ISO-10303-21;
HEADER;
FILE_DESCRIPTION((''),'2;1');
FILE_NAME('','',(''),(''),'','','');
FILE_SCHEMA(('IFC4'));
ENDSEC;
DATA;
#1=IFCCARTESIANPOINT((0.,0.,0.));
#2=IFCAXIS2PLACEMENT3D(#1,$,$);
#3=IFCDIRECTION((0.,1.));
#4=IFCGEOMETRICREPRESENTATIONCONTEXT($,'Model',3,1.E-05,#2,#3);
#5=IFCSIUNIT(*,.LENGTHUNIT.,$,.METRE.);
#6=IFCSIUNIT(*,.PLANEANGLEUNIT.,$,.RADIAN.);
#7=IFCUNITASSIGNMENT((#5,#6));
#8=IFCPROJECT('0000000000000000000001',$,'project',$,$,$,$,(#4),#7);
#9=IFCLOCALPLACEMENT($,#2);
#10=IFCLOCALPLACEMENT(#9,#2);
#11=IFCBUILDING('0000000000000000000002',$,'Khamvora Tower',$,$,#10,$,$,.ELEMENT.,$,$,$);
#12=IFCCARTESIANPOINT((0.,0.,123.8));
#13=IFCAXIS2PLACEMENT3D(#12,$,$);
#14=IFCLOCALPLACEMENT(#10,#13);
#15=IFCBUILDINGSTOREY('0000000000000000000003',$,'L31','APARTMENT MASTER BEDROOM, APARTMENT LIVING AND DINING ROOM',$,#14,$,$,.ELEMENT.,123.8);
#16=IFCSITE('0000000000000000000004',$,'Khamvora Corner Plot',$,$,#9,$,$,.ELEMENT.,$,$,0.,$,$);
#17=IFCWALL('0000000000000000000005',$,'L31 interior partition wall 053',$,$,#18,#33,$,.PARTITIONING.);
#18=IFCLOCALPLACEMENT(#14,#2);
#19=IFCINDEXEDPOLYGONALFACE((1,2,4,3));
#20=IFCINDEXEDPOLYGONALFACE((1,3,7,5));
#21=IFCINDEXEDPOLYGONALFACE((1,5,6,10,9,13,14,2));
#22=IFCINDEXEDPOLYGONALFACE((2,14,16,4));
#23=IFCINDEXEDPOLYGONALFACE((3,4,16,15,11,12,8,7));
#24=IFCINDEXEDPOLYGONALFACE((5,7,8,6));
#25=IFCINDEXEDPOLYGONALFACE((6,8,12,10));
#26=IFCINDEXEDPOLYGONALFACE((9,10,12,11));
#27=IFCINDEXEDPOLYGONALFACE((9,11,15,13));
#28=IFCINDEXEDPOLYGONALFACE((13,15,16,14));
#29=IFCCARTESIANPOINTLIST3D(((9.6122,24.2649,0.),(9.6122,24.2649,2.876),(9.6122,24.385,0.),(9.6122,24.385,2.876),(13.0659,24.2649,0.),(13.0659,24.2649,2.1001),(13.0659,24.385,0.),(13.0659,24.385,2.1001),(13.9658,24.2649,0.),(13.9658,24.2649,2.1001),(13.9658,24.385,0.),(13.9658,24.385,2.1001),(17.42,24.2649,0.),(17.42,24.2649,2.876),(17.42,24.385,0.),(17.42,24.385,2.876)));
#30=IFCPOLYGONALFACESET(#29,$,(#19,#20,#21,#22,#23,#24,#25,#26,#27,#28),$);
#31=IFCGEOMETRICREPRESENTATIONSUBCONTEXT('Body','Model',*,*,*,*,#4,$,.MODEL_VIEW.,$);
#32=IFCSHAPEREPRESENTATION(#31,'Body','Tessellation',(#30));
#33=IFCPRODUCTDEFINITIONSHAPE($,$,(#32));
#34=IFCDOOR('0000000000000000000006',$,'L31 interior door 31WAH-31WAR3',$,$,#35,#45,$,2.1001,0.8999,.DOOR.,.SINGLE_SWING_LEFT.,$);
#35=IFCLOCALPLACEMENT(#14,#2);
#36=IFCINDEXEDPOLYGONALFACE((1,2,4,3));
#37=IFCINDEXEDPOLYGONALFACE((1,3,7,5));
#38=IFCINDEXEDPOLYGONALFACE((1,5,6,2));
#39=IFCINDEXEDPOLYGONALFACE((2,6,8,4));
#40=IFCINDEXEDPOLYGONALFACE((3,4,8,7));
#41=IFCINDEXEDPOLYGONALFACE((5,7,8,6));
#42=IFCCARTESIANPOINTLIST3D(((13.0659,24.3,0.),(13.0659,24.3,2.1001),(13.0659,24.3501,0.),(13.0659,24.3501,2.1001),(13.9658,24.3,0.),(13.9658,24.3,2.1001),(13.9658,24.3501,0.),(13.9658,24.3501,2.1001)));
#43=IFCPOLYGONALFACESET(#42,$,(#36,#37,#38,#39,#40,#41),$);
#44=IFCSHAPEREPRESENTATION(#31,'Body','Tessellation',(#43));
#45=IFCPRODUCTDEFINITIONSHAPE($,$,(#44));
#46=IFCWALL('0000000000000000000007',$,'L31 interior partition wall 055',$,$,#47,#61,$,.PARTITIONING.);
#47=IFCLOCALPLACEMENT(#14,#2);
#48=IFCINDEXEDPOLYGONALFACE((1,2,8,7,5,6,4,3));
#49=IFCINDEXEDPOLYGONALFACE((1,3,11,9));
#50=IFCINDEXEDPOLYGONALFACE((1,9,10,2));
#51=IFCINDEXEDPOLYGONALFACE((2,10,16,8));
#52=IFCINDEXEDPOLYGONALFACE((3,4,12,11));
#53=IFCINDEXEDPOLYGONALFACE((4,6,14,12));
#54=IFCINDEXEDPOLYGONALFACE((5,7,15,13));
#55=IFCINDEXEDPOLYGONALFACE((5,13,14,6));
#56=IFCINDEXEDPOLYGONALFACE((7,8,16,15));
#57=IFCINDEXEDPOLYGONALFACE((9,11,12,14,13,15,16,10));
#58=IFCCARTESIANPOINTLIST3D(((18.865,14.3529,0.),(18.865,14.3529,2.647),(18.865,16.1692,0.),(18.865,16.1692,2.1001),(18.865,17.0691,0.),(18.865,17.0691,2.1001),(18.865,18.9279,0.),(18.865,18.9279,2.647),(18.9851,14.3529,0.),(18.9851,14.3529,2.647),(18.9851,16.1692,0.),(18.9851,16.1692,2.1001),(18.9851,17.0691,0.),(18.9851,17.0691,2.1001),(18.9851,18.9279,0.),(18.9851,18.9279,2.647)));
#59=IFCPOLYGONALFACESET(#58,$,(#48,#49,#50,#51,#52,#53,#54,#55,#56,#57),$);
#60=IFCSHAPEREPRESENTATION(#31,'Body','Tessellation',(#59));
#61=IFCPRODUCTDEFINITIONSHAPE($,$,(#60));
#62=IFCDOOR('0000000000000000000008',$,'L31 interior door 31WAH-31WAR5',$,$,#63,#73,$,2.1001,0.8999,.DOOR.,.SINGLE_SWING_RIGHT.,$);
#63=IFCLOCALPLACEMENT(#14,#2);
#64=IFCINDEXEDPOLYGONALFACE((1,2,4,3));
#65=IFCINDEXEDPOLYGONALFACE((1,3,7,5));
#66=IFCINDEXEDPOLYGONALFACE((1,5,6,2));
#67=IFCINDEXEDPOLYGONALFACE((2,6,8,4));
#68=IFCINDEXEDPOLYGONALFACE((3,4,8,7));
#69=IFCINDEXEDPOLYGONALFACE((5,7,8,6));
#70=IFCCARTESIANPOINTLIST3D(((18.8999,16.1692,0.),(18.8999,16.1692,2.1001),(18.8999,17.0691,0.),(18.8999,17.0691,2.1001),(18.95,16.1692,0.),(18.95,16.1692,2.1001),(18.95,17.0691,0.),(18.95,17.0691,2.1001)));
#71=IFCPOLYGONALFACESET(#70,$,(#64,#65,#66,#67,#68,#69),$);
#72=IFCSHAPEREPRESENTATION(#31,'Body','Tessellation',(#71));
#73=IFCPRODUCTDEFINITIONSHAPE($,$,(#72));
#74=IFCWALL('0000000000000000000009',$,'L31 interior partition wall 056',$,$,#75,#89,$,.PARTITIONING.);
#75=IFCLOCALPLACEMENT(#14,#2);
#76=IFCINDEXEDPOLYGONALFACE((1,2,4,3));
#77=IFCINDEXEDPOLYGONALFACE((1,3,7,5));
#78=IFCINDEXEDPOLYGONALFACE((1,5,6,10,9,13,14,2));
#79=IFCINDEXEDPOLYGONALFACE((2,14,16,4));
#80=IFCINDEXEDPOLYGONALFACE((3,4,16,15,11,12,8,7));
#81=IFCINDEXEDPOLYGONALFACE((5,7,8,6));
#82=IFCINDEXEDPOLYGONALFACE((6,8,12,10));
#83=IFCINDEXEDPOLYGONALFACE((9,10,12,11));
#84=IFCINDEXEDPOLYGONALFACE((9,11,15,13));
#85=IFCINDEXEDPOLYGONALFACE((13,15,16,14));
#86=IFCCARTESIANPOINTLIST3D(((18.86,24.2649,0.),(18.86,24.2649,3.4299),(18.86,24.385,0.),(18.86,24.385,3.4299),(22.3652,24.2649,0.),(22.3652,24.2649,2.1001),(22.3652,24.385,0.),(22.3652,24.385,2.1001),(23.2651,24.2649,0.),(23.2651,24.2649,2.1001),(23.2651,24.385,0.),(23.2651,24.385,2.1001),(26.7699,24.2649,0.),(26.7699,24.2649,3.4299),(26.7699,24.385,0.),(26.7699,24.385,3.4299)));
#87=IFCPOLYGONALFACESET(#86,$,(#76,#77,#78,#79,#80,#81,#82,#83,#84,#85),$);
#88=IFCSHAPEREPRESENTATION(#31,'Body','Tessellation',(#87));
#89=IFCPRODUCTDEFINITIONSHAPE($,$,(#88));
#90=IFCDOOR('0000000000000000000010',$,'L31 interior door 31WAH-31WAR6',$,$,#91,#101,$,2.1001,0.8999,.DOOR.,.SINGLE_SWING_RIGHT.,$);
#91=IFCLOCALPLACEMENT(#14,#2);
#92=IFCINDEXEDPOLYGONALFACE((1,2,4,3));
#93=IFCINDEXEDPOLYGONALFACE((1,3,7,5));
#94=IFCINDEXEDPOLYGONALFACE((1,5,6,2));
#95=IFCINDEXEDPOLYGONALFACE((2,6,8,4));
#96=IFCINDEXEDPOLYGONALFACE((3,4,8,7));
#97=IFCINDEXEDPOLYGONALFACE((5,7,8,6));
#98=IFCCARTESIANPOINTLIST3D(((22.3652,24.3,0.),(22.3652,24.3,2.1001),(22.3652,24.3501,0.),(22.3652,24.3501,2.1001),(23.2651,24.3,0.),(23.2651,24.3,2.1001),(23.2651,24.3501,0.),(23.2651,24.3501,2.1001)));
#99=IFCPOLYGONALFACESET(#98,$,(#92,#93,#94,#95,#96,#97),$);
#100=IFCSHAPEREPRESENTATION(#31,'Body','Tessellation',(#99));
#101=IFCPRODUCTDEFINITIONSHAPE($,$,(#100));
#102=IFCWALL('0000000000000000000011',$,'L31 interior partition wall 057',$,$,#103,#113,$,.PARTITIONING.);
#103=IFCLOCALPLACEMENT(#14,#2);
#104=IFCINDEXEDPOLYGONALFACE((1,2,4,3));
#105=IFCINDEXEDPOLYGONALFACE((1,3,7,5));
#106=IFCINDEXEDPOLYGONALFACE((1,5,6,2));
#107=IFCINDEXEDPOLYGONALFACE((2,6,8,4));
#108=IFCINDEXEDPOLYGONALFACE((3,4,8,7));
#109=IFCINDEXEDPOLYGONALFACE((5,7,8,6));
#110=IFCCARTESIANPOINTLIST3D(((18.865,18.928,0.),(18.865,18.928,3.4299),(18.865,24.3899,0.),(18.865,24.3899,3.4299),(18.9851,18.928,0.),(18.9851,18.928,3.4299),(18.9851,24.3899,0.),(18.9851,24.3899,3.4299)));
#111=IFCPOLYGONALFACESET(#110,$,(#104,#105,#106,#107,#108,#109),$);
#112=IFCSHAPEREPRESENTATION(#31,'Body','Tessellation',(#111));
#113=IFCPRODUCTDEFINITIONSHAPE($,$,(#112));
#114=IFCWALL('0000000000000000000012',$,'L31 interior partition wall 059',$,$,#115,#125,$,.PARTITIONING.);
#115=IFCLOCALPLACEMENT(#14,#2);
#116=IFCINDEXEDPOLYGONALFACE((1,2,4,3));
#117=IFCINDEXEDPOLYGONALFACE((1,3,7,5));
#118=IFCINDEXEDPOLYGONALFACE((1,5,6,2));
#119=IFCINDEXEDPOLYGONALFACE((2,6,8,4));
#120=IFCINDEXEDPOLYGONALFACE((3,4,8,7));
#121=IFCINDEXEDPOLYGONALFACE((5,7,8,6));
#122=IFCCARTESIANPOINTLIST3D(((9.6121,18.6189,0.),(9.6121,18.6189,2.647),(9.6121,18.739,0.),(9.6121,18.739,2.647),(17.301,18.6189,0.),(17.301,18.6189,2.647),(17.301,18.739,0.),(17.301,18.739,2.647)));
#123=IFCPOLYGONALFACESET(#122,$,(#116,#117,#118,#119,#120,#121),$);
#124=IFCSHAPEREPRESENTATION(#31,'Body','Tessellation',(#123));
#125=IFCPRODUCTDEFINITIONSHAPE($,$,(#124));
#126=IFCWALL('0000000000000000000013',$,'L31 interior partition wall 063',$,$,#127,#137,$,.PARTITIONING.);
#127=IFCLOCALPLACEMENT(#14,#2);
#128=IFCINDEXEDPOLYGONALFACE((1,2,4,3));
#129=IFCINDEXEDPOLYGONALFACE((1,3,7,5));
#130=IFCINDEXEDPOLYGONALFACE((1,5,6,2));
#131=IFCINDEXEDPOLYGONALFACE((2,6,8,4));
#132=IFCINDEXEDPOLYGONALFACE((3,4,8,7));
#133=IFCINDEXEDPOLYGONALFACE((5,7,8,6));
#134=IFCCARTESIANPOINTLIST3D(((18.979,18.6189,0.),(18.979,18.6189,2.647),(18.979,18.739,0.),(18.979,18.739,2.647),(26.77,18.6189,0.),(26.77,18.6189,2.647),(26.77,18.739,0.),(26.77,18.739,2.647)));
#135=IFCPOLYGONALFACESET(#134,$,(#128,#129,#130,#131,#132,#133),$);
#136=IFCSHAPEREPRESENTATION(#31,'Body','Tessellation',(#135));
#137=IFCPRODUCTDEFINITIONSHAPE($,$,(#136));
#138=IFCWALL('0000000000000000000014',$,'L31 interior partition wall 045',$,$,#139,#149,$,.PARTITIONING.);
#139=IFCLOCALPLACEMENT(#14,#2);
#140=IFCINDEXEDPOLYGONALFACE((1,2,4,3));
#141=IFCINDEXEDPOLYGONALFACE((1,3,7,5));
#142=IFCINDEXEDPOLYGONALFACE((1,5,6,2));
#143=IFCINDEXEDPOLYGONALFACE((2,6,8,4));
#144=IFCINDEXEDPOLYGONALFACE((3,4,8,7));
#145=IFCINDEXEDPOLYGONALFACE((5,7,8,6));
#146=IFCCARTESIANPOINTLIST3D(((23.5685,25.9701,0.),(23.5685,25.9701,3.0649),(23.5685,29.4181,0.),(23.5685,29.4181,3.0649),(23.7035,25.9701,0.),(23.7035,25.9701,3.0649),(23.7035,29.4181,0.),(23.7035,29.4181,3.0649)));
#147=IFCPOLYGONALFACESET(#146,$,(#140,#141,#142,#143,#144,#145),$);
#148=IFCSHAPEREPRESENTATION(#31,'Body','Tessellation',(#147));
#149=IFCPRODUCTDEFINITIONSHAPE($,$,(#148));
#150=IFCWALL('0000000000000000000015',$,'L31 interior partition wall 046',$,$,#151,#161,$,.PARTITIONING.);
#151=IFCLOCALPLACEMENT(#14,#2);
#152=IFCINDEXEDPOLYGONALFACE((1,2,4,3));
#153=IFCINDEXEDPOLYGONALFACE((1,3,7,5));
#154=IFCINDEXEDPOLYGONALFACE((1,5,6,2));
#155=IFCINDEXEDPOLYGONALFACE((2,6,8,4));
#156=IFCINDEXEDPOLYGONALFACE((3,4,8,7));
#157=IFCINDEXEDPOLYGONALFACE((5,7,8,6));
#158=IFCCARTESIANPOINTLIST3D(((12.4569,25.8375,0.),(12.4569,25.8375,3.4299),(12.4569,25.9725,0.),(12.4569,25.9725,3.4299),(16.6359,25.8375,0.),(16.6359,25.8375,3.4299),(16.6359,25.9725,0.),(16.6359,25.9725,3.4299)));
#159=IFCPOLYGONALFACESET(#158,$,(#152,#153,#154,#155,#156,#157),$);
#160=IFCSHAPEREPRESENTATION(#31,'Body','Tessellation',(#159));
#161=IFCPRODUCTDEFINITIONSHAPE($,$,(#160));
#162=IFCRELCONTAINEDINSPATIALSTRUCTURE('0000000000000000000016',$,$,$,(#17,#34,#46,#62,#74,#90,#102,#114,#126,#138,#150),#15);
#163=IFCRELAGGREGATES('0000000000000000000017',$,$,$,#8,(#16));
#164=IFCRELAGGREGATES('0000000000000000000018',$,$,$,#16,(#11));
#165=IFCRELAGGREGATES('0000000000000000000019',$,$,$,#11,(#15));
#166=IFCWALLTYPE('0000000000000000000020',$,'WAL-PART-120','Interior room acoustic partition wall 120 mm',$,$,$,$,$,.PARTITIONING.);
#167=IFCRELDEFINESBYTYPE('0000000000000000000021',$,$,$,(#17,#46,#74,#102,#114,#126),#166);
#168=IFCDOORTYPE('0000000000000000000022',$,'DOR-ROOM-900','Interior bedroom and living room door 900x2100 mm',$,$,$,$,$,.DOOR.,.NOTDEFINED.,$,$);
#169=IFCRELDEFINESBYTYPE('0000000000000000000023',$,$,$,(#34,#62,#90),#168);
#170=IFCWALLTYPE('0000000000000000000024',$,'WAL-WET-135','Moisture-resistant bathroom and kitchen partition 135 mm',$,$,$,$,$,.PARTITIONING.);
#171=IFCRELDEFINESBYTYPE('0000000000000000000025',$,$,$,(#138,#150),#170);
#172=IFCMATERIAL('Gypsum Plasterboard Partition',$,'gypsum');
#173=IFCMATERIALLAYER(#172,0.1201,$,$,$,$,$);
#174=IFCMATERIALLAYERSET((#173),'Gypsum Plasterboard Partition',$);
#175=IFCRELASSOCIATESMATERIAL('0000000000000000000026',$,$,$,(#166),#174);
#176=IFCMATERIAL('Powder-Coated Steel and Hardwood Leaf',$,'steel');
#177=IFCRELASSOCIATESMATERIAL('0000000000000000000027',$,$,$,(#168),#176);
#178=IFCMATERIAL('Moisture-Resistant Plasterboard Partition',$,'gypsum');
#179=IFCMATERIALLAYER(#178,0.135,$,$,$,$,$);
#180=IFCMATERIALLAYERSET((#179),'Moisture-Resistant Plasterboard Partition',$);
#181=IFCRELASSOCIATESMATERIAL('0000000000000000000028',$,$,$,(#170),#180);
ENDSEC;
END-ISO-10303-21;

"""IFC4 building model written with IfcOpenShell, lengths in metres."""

from ifc_helpers import new_model, si_unit, direction, frame, frame_2d, origin, place, context, subcontext, project, spatial, rectangle, extrude, material, layer, layer_set, type_object, element, fill, save


model = new_model("IFC4")

# Units and contexts
model_context = context("Model", 3, precision=1e-05, world=origin(), true_north=direction((0.0, 1.0)))
body_context = subcontext(model_context, "Body", "Model", "MODEL_VIEW")
ifc_project = project(units=[si_unit("LENGTHUNIT", "METRE"), si_unit("PLANEANGLEUNIT", "RADIAN")], contexts=[model_context])

# Site, building, storey
site_placement = place(None, origin())
site = spatial("IfcSite", under=ifc_project, at=site_placement, Name="Khamvora Corner Plot", CompositionType="ELEMENT", RefElevation=0.0)
building_placement = place(site_placement, origin())
building = spatial("IfcBuilding", under=site, at=building_placement, Name="Khamvora Tower", CompositionType="ELEMENT")
storey_placement = place(building_placement, frame((0.0, 0.0, 123.8)))
storey = spatial("IfcBuildingStorey", under=building, at=storey_placement, Name="L31", Description="APARTMENT MASTER BEDROOM, APARTMENT LIVING AND DINING ROOM", CompositionType="ELEMENT", Elevation=123.8)

# Shared definitions
ifc_material_1 = material(Name="Gypsum Plasterboard Partition", Category="gypsum")
ifc_layer_1 = layer(ifc_material_1, 0.1201)
ifc_layer_set_1 = layer_set([ifc_layer_1], Name="Gypsum Plasterboard Partition")
wall_type_1 = type_object("IfcWallType", Name="WAL-PART-120", Description="Interior room acoustic partition wall 120 mm", PredefinedType="PARTITIONING", material=ifc_layer_set_1)
ifc_material_2 = material(Name="Powder-Coated Steel and Hardwood Leaf", Category="steel")
door_type_1 = type_object("IfcDoorType", Name="DOR-ROOM-900", Description="Interior bedroom and living room door 900x2100 mm", OperationType="NOTDEFINED", PredefinedType="DOOR", material=ifc_material_2)

# Walls, openings, doors
wall_1_placement = place(storey_placement, frame((17.4199, 24.325, 0.0), z_axis=(0.0, 0.0, 1.0), x_axis=(-1.0, 0.0, 0.0)))
wall_1 = element("IfcWall", 1, at=wall_1_placement, inside=storey, type_object=wall_type_1, Name="L31 interior partition wall 053", PredefinedType="PARTITIONING", context=body_context, shape_type="SweptSolid", body=[
    extrude(rectangle(XDim=7.8079, YDim=0.1201, at=frame_2d((3.9038, 0.0))), origin(), (0.0, 0.0, 1.0), 2.876),
])
opening_1_placement = place(wall_1_placement, frame((3.4541, 0.0, 0.0)))
opening_1 = element("IfcOpeningElement", 2, at=opening_1_placement, cuts=wall_1, PredefinedType="OPENING", context=body_context, shape_type="SweptSolid", body=[
    extrude(rectangle(XDim=0.8999, YDim=2.1001, at=frame_2d((0.45, 1.05))), frame((0.0, 0.0701, 0.0), z_axis=(0.0, -1.0, 0.0), x_axis=(1.0, 0.0, 0.0)), (0.0, 0.0, 1.0), 0.1401),
])
door_1_placement = place(opening_1_placement, origin())
door_1 = element("IfcDoor", 3, at=door_1_placement, inside=storey, type_object=door_type_1, Name="L31 interior door 31WAH-31WAR3", OperationType="SINGLE_SWING_LEFT", OverallHeight=2.1001, OverallWidth=0.8999, PredefinedType="DOOR", context=body_context, shape_type="SweptSolid", body=[
    extrude(rectangle(XDim=0.8999, YDim=2.1001, at=frame_2d((0.45, 1.05))), frame((0.0, 0.0249, 0.0), z_axis=(0.0, -1.0, 0.0), x_axis=(1.0, 0.0, 0.0)), (0.0, 0.0, 1.0), 0.05),
])
fill(opening_1, door_1)
wall_2_placement = place(storey_placement, frame((18.925, 18.928, 0.0), z_axis=(0.0, 0.0, 1.0), x_axis=(0.0, -1.0, 0.0)))
wall_2 = element("IfcWall", 4, at=wall_2_placement, inside=storey, type_object=wall_type_1, Name="L31 interior partition wall 055", PredefinedType="PARTITIONING", context=body_context, shape_type="SweptSolid", body=[
    extrude(rectangle(XDim=4.575, YDim=0.1201, at=frame_2d((2.2876, 0.0))), origin(), (0.0, 0.0, 1.0), 2.647),
])
opening_2_placement = place(wall_2_placement, frame((1.8589, 0.0, 0.0)))
opening_2 = element("IfcOpeningElement", 5, at=opening_2_placement, cuts=wall_2, PredefinedType="OPENING", context=body_context, shape_type="SweptSolid", body=[
    extrude(rectangle(XDim=0.8999, YDim=2.1001, at=frame_2d((0.45, 1.05))), frame((0.0, 0.0701, 0.0), z_axis=(0.0, -1.0, 0.0), x_axis=(1.0, 0.0, 0.0)), (0.0, 0.0, 1.0), 0.1401),
])
door_2_placement = place(opening_2_placement, origin())
door_2 = element("IfcDoor", 6, at=door_2_placement, inside=storey, type_object=door_type_1, Name="L31 interior door 31WAH-31WAR5", OperationType="SINGLE_SWING_RIGHT", OverallHeight=2.1001, OverallWidth=0.8999, PredefinedType="DOOR", context=body_context, shape_type="SweptSolid", body=[
    extrude(rectangle(XDim=0.8999, YDim=2.1001, at=frame_2d((0.45, 1.05))), frame((0.0, 0.0249, 0.0), z_axis=(0.0, -1.0, 0.0), x_axis=(1.0, 0.0, 0.0)), (0.0, 0.0, 1.0), 0.05),
])
fill(opening_2, door_2)
wall_3_placement = place(storey_placement, frame((26.77, 24.325, 0.0), z_axis=(0.0, 0.0, 1.0), x_axis=(-1.0, 0.0, 0.0)))
wall_3 = element("IfcWall", 7, at=wall_3_placement, inside=storey, type_object=wall_type_1, Name="L31 interior partition wall 056", PredefinedType="PARTITIONING", context=body_context, shape_type="SweptSolid", body=[
    extrude(rectangle(XDim=7.9099, YDim=0.1201, at=frame_2d((3.9551, 0.0))), origin(), (0.0, 0.0, 1.0), 3.4299),
])
opening_3_placement = place(wall_3_placement, frame((3.5049, 0.0, 0.0)))
opening_3 = element("IfcOpeningElement", 8, at=opening_3_placement, cuts=wall_3, PredefinedType="OPENING", context=body_context, shape_type="SweptSolid", body=[
    extrude(rectangle(XDim=0.8999, YDim=2.1001, at=frame_2d((0.45, 1.05))), frame((0.0, 0.0701, 0.0), z_axis=(0.0, -1.0, 0.0), x_axis=(1.0, 0.0, 0.0)), (0.0, 0.0, 1.0), 0.1401),
])
door_3_placement = place(opening_3_placement, origin())
door_3 = element("IfcDoor", 9, at=door_3_placement, inside=storey, type_object=door_type_1, Name="L31 interior door 31WAH-31WAR6", OperationType="SINGLE_SWING_RIGHT", OverallHeight=2.1001, OverallWidth=0.8999, PredefinedType="DOOR", context=body_context, shape_type="SweptSolid", body=[
    extrude(rectangle(XDim=0.8999, YDim=2.1001, at=frame_2d((0.45, 1.05))), frame((0.0, 0.0249, 0.0), z_axis=(0.0, -1.0, 0.0), x_axis=(1.0, 0.0, 0.0)), (0.0, 0.0, 1.0), 0.05),
])
fill(opening_3, door_3)

# Walls
wall_4_placement = place(storey_placement, frame((18.925, 24.3899, 0.0), z_axis=(0.0, 0.0, 1.0), x_axis=(0.0, -1.0, 0.0)))
element("IfcWall", 10, at=wall_4_placement, inside=storey, type_object=wall_type_1, Name="L31 interior partition wall 057", PredefinedType="PARTITIONING", context=body_context, shape_type="SweptSolid", body=[
    extrude(rectangle(XDim=5.4619, YDim=0.1201, at=frame_2d((2.731, 0.0))), origin(), (0.0, 0.0, 1.0), 3.4299),
])
wall_5_placement = place(storey_placement, frame((9.6121, 18.679, 0.0), z_axis=(0.0, 0.0, 1.0), x_axis=(1.0, 0.0, 0.0)))
element("IfcWall", 11, at=wall_5_placement, inside=storey, type_object=wall_type_1, Name="L31 interior partition wall 059", PredefinedType="PARTITIONING", context=body_context, shape_type="SweptSolid", body=[
    extrude(rectangle(XDim=7.689, YDim=0.1201, at=frame_2d((3.8445, 0.0))), origin(), (0.0, 0.0, 1.0), 2.647),
])
wall_6_placement = place(storey_placement, frame((18.979, 18.679, 0.0), z_axis=(0.0, 0.0, 1.0), x_axis=(1.0, 0.0, 0.0)))
element("IfcWall", 12, at=wall_6_placement, inside=storey, type_object=wall_type_1, Name="L31 interior partition wall 063", PredefinedType="PARTITIONING", context=body_context, shape_type="SweptSolid", body=[
    extrude(rectangle(XDim=7.791, YDim=0.1201, at=frame_2d((3.8955, 0.0))), origin(), (0.0, 0.0, 1.0), 2.647),
])
ifc_material_3 = material(Name="Moisture-Resistant Plasterboard Partition", Category="gypsum")
ifc_layer_2 = layer(ifc_material_3, 0.135)
ifc_layer_set_2 = layer_set([ifc_layer_2], Name="Moisture-Resistant Plasterboard Partition")
wall_type_2 = type_object("IfcWallType", Name="WAL-WET-135", Description="Moisture-resistant bathroom and kitchen partition 135 mm", PredefinedType="PARTITIONING", material=ifc_layer_set_2)
wall_7_placement = place(storey_placement, frame((23.636, 25.97, 0.0), z_axis=(0.0, 0.0, 1.0), x_axis=(0.0, 1.0, 0.0)))
element("IfcWall", 13, at=wall_7_placement, inside=storey, type_object=wall_type_2, Name="L31 interior partition wall 045", PredefinedType="PARTITIONING", context=body_context, shape_type="SweptSolid", body=[
    extrude(rectangle(XDim=3.448, YDim=0.135, at=frame_2d((1.7241, 0.0))), origin(), (0.0, 0.0, 1.0), 3.0649),
])
wall_8_placement = place(storey_placement, frame((12.457, 25.905, 0.0), z_axis=(0.0, 0.0, 1.0), x_axis=(1.0, 0.0, 0.0)))
element("IfcWall", 14, at=wall_8_placement, inside=storey, type_object=wall_type_2, Name="L31 interior partition wall 046", PredefinedType="PARTITIONING", context=body_context, shape_type="SweptSolid", body=[
    extrude(rectangle(XDim=4.179, YDim=0.135, at=frame_2d((2.0894, 0.0))), origin(), (0.0, 0.0, 1.0), 3.4299),
])

save(model, "model.ifc")
